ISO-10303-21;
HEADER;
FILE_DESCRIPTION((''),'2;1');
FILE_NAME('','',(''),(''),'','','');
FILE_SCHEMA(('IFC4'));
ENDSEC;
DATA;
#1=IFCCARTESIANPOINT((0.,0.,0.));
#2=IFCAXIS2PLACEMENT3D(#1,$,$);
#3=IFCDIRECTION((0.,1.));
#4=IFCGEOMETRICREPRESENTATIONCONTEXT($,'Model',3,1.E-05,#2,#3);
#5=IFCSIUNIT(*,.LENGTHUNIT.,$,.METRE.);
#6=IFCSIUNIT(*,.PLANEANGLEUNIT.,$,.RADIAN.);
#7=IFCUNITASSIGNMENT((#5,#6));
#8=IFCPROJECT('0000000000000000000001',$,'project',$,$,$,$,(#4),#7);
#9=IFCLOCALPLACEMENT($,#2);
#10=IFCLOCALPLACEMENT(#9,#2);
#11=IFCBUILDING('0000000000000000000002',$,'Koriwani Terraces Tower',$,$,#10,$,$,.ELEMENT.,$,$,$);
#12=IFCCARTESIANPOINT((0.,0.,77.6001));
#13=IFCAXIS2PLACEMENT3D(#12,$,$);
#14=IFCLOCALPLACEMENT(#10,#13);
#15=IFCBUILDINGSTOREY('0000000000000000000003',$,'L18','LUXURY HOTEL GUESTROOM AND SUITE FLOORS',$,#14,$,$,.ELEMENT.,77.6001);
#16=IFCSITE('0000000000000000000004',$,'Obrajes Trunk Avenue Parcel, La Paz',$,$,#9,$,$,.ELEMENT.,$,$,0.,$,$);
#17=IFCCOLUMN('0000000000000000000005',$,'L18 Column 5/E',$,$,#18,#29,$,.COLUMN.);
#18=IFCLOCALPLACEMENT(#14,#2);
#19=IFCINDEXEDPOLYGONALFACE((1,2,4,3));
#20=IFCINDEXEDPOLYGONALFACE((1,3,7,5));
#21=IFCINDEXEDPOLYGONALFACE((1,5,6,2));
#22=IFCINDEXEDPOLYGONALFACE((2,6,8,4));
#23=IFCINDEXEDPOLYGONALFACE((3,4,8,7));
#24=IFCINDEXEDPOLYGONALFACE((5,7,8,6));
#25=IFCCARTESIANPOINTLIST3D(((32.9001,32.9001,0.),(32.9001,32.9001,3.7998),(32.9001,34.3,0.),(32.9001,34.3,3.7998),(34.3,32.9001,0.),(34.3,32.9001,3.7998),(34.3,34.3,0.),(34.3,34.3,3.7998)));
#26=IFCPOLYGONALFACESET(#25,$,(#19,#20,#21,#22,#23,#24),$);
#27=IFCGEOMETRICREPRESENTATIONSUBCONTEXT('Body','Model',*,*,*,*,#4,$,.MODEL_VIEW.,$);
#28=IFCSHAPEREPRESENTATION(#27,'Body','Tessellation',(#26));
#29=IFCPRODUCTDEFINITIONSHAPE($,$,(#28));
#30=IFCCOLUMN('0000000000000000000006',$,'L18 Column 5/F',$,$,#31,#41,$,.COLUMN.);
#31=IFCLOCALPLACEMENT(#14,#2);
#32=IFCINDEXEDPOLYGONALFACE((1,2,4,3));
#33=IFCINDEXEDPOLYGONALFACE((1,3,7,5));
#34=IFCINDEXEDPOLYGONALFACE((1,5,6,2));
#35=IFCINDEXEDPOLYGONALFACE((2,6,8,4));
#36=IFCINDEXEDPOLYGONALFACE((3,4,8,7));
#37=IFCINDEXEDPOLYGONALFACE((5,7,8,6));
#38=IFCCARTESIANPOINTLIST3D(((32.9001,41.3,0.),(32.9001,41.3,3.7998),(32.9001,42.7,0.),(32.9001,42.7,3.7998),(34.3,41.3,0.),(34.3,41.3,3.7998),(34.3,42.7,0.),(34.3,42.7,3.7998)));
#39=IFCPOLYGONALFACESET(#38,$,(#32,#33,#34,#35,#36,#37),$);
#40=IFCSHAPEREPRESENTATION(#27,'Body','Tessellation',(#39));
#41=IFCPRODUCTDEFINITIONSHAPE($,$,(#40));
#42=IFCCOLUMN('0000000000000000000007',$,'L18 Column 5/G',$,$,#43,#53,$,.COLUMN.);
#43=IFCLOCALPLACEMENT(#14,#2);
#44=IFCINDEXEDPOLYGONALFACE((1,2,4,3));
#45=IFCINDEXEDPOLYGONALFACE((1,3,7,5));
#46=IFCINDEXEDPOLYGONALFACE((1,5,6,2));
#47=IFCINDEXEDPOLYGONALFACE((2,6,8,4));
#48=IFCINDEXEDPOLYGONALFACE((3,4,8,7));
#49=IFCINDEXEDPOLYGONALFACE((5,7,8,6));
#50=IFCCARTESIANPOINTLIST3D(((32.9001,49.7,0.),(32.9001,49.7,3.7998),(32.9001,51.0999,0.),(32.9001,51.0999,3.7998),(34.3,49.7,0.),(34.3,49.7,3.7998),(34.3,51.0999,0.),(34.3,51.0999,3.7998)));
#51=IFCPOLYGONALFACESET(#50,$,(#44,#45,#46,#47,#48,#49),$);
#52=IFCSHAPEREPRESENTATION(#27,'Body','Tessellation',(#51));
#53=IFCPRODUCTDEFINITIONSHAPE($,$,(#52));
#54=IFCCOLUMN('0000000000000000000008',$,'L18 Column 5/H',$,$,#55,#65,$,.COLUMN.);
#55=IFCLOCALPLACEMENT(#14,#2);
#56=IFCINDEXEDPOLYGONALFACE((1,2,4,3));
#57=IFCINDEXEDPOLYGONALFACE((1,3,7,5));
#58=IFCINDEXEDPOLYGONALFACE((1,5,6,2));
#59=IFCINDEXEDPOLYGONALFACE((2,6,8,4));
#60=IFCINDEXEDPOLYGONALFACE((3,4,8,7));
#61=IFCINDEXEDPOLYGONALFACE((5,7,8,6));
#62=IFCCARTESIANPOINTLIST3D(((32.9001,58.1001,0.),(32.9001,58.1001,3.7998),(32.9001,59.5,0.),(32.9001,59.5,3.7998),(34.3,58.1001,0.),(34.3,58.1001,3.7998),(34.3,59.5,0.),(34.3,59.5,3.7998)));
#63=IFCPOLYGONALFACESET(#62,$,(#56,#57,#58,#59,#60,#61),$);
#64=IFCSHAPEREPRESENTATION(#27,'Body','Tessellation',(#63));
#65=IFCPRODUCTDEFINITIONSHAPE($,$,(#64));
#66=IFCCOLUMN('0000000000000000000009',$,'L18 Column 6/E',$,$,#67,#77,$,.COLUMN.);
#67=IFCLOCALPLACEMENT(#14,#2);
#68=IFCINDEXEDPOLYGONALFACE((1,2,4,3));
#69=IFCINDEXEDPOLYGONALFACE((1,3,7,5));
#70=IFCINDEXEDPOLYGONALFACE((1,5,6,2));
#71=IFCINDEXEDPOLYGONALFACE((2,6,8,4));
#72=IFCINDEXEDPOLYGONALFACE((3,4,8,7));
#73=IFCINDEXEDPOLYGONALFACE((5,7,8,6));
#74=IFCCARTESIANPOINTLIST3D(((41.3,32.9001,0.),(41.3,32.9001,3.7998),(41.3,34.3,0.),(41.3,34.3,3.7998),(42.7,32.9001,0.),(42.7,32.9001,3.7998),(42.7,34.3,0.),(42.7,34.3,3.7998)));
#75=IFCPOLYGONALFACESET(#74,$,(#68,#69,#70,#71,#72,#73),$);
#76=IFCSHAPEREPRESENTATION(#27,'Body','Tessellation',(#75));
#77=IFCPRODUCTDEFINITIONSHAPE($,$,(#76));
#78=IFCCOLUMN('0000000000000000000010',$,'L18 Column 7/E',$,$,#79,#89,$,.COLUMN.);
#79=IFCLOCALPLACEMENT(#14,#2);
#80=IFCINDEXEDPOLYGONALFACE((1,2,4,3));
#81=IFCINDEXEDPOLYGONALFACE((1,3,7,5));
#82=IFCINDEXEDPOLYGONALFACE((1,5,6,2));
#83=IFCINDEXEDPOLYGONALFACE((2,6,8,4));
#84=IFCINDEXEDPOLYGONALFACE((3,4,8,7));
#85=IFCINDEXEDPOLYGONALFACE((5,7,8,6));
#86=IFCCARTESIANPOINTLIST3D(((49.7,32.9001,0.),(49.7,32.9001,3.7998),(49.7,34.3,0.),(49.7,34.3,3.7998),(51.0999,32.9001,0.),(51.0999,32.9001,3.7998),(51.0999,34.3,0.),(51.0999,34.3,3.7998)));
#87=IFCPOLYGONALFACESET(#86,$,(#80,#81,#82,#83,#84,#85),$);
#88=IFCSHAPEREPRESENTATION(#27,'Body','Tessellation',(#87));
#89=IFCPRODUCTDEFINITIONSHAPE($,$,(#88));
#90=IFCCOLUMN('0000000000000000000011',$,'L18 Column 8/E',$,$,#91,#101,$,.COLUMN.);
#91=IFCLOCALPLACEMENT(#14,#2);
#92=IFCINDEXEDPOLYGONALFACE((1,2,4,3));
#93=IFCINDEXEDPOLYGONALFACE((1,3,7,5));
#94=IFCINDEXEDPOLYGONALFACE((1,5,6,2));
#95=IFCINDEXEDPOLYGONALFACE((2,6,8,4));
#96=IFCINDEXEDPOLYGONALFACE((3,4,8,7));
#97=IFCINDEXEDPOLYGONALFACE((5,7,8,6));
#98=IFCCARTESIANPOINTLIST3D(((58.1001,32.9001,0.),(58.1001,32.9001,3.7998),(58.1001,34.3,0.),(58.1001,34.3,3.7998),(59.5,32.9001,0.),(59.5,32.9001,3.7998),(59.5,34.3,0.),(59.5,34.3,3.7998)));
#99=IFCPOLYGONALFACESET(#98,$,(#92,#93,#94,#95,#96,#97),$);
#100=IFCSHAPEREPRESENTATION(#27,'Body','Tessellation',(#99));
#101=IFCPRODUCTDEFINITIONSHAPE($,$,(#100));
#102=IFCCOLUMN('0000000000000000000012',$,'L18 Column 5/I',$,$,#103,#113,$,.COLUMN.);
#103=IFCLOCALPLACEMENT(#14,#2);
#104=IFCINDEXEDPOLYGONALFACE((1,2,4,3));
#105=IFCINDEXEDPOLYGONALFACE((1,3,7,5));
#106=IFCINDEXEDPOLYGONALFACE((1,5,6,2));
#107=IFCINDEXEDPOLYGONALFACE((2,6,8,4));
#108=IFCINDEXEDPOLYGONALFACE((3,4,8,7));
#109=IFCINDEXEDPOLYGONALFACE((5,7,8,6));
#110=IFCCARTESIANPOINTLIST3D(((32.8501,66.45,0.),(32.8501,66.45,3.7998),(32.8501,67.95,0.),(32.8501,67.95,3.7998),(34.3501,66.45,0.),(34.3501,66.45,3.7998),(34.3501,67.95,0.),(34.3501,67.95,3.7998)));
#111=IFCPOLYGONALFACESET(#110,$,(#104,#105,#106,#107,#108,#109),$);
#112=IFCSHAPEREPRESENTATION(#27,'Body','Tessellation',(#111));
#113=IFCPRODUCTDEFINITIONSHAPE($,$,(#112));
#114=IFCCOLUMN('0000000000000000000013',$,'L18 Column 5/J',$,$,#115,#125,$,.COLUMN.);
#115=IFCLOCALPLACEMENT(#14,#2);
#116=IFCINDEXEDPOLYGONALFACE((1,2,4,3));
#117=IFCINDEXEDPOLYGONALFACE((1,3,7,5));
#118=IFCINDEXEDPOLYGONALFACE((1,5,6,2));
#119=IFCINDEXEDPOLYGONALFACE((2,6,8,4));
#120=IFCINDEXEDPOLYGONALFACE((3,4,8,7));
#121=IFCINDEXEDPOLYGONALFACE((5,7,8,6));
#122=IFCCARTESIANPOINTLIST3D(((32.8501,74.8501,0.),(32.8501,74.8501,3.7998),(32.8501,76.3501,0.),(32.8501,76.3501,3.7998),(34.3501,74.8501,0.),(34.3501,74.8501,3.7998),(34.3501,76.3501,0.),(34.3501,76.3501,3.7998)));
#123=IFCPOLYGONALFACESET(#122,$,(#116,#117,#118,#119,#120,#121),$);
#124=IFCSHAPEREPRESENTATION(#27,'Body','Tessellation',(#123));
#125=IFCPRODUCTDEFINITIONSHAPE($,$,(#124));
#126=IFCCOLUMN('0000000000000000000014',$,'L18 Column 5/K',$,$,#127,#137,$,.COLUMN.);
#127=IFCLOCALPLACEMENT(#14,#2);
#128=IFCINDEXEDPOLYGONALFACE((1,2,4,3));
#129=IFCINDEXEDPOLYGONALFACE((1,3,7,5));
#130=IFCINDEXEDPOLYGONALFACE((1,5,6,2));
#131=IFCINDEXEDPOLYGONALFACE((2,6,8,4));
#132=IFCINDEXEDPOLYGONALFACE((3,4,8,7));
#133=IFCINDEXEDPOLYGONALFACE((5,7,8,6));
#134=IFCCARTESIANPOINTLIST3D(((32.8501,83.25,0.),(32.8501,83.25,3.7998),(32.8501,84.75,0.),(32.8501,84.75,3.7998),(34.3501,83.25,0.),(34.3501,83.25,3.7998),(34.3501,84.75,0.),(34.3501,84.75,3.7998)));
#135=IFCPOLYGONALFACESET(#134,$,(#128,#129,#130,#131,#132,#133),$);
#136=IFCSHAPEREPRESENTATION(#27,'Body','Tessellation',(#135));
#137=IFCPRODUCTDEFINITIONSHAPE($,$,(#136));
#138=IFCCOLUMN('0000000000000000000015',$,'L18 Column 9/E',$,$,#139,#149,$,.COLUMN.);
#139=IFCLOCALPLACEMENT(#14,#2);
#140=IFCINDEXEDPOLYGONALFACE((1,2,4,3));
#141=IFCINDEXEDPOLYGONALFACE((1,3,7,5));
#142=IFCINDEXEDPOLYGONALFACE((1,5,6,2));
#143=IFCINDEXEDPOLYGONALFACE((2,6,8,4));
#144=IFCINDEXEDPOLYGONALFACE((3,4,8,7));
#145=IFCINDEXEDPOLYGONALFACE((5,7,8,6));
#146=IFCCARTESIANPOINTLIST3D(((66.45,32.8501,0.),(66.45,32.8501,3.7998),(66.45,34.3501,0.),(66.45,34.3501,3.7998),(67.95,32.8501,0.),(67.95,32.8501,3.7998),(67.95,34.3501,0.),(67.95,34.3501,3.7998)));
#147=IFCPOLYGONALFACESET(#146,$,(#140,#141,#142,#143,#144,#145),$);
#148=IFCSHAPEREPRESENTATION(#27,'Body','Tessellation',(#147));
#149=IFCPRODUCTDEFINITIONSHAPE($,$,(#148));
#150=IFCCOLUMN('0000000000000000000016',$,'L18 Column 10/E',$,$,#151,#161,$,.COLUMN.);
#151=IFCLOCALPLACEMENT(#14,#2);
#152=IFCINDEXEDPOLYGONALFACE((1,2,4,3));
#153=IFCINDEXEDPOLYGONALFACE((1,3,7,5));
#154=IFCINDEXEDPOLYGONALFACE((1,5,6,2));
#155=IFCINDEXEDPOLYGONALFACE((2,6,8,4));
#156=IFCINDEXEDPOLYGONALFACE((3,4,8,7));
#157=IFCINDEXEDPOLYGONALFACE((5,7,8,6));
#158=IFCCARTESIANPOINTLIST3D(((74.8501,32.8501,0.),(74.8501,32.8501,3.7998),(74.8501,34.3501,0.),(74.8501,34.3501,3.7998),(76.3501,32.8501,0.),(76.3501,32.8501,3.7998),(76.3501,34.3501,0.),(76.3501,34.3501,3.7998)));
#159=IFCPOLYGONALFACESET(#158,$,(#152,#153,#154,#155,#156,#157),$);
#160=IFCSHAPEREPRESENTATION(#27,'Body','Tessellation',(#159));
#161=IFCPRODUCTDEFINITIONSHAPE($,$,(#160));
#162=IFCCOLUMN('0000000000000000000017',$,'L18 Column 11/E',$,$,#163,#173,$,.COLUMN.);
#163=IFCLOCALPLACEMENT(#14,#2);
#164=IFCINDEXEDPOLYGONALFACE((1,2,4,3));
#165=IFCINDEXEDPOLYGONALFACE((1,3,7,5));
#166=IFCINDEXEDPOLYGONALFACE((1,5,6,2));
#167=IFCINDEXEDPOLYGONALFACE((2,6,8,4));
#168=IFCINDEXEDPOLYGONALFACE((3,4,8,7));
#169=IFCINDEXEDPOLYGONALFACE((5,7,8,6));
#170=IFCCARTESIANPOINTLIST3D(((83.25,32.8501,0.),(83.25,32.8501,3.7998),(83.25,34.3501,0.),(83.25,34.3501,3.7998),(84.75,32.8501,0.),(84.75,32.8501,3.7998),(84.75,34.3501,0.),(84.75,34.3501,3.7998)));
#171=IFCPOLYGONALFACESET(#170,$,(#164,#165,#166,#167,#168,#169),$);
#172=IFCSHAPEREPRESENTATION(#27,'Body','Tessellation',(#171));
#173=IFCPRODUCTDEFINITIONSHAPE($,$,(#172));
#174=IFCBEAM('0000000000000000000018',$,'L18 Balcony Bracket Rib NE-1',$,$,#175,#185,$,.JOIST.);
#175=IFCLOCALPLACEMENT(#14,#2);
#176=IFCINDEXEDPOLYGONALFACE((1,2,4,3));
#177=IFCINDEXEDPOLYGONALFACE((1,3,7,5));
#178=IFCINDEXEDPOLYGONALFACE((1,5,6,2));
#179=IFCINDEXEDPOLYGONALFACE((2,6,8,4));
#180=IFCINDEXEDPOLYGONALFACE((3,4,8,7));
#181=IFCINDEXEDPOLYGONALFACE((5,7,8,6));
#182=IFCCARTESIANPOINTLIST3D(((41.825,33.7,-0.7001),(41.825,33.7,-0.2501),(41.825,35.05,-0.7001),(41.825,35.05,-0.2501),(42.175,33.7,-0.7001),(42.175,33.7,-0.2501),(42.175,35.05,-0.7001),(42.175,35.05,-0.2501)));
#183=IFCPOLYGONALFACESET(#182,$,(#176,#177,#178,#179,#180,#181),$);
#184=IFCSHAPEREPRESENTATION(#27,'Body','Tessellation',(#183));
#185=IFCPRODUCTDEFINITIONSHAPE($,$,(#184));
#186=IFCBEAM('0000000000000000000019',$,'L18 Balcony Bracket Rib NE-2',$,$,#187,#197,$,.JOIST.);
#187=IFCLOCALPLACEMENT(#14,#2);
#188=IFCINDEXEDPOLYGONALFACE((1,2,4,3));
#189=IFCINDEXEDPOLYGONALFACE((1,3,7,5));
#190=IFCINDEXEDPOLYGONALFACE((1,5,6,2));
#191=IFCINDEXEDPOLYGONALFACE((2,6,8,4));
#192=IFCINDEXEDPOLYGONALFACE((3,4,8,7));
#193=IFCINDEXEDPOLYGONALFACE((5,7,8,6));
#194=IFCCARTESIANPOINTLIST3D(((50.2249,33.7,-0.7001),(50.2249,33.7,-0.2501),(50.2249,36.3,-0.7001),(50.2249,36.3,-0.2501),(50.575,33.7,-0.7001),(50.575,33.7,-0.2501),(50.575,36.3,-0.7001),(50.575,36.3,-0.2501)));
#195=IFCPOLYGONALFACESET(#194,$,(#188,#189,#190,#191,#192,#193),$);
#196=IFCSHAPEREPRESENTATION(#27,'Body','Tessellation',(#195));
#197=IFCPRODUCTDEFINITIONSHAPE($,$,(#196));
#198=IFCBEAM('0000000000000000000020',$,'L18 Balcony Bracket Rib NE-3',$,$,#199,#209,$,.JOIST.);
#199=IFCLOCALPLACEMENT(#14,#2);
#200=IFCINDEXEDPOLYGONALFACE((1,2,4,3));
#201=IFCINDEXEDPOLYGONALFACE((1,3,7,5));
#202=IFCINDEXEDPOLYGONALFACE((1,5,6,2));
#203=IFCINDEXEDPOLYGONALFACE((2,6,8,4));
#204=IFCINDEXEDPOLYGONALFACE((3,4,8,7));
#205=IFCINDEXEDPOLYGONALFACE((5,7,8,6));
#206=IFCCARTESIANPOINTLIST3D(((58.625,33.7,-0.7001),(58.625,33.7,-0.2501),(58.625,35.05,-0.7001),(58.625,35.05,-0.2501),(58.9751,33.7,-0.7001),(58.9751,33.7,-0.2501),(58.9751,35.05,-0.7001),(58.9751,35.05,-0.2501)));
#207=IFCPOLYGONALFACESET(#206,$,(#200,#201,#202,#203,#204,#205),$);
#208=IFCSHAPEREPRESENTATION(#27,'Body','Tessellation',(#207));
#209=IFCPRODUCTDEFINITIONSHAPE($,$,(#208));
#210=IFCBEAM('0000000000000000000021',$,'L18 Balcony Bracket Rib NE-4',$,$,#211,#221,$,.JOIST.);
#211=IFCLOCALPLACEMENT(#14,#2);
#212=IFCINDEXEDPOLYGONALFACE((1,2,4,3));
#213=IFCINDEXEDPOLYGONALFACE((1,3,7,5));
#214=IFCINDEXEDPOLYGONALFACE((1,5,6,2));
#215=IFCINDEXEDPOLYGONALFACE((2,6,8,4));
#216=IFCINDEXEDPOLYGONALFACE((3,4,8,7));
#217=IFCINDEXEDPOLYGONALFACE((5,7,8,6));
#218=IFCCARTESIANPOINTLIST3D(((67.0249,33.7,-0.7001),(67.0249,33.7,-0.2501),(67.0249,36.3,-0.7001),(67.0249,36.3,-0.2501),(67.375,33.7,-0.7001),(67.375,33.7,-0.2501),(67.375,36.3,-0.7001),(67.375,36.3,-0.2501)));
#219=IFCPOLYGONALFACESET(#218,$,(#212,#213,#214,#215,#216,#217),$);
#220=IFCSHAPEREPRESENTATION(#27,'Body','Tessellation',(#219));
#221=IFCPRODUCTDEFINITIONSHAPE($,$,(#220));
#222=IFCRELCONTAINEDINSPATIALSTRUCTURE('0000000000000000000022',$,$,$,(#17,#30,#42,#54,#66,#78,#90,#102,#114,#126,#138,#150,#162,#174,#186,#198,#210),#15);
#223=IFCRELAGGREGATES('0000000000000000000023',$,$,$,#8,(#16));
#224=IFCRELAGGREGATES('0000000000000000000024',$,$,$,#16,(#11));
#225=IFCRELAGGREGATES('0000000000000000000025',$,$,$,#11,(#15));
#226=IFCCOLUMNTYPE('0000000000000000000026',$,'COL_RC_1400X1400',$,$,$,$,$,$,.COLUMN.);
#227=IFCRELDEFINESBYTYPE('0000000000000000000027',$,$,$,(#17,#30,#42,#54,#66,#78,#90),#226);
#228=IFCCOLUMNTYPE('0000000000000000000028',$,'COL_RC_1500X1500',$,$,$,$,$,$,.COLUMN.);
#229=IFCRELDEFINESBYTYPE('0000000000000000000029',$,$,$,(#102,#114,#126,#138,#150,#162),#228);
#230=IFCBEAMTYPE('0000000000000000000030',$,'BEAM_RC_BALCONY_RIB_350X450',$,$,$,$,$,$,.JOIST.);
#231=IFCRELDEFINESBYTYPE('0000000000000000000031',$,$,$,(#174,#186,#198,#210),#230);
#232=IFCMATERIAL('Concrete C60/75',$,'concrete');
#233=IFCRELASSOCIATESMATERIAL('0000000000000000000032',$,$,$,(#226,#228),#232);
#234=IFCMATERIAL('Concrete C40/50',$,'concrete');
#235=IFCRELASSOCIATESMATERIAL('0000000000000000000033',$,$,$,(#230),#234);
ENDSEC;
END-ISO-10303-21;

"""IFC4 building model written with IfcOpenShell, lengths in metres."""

from ifc_helpers import new_model, si_unit, direction, frame, origin, origin_2d, place, context, subcontext, project, spatial, rectangle, extrude, material, material_profile, profile_set, type_object, element, save


model = new_model("IFC4")

# Units and contexts
model_context = context("Model", 3, precision=1e-05, world=origin(), true_north=direction((0.0, 1.0)))
body_context = subcontext(model_context, "Body", "Model", "MODEL_VIEW")
ifc_project = project(units=[si_unit("LENGTHUNIT", "METRE"), si_unit("PLANEANGLEUNIT", "RADIAN")], contexts=[model_context])

# Site, building, storey
site_placement = place(None, origin())
site = spatial("IfcSite", under=ifc_project, at=site_placement, Name="Obrajes Trunk Avenue Parcel, La Paz", CompositionType="ELEMENT", RefElevation=0.0)
building_placement = place(site_placement, origin())
building = spatial("IfcBuilding", under=site, at=building_placement, Name="Koriwani Terraces Tower", CompositionType="ELEMENT")
storey_placement = place(building_placement, frame((0.0, 0.0, 77.6001)))
storey = spatial("IfcBuildingStorey", under=building, at=storey_placement, Name="L18", Description="LUXURY HOTEL GUESTROOM AND SUITE FLOORS", CompositionType="ELEMENT", Elevation=77.6001)

# Columns
ifc_material_1 = material(Name="Concrete C60/75", Category="concrete")
ifc_material_profile_1 = material_profile(ifc_material_1, rectangle(XDim=1.3999, YDim=1.3999, at=origin_2d()), Name="Concrete C60/75", Category="LoadBearing")
ifc_profile_set_1 = profile_set([ifc_material_profile_1], Name="Concrete C60/75")
column_type_1 = type_object("IfcColumnType", Name="COL_RC_1400X1400", PredefinedType="COLUMN", material=ifc_profile_set_1)
for number, where, z_axis, x_axis, name in (
    (1, (33.6001, 33.6001, 0.0), (0.0, 0.0, 1.0), (1.0, 0.0, 0.0), "L18 Column 5/E"),
    (2, (33.6001, 42.0, 0.0), (0.0, 0.0, 1.0), (1.0, 0.0, 0.0), "L18 Column 5/F"),
    (3, (33.6001, 50.3999, 0.0), (0.0, 0.0, 1.0), (1.0, 0.0, 0.0), "L18 Column 5/G"),
    (4, (33.6001, 58.8, 0.0), (0.0, 0.0, 1.0), (1.0, 0.0, 0.0), "L18 Column 5/H"),
    (5, (42.0, 33.6001, 0.0), (0.0, 0.0, 1.0), (1.0, 0.0, 0.0), "L18 Column 6/E"),
    (6, (50.3999, 33.6001, 0.0), (0.0, 0.0, 1.0), (1.0, 0.0, 0.0), "L18 Column 7/E"),
    (7, (58.8, 33.6001, 0.0), (0.0, 0.0, 1.0), (1.0, 0.0, 0.0), "L18 Column 8/E"),
):
    element("IfcColumn", number, at=place(storey_placement, frame(where, z_axis=z_axis, x_axis=x_axis)), inside=storey, type_object=column_type_1, Name=name, PredefinedType="COLUMN", context=body_context, shape_type="SweptSolid", body=[
        extrude(rectangle(XDim=1.3999, YDim=1.3999, at=origin_2d()), origin(), (0.0, 0.0, 1.0), 3.7998),
    ])
ifc_material_profile_2 = material_profile(ifc_material_1, rectangle(XDim=1.5, YDim=1.5, at=origin_2d()), Name="Concrete C60/75", Category="LoadBearing")
ifc_profile_set_2 = profile_set([ifc_material_profile_2], Name="Concrete C60/75")
column_type_2 = type_object("IfcColumnType", Name="COL_RC_1500X1500", PredefinedType="COLUMN", material=ifc_profile_set_2)
for number, where, z_axis, x_axis, name in (
    (8, (33.6001, 67.2, 0.0), (0.0, 0.0, 1.0), (1.0, 0.0, 0.0), "L18 Column 5/I"),
    (9, (33.6001, 75.6001, 0.0), (0.0, 0.0, 1.0), (1.0, 0.0, 0.0), "L18 Column 5/J"),
    (10, (33.6001, 84.0, 0.0), (0.0, 0.0, 1.0), (1.0, 0.0, 0.0), "L18 Column 5/K"),
    (11, (67.2, 33.6001, 0.0), (0.0, 0.0, 1.0), (1.0, 0.0, 0.0), "L18 Column 9/E"),
    (12, (75.6001, 33.6001, 0.0), (0.0, 0.0, 1.0), (1.0, 0.0, 0.0), "L18 Column 10/E"),
    (13, (84.0, 33.6001, 0.0), (0.0, 0.0, 1.0), (1.0, 0.0, 0.0), "L18 Column 11/E"),
):
    element("IfcColumn", number, at=place(storey_placement, frame(where, z_axis=z_axis, x_axis=x_axis)), inside=storey, type_object=column_type_2, Name=name, PredefinedType="COLUMN", context=body_context, shape_type="SweptSolid", body=[
        extrude(rectangle(XDim=1.5, YDim=1.5, at=origin_2d()), origin(), (0.0, 0.0, 1.0), 3.7998),
    ])

# Beams
ifc_material_2 = material(Name="Concrete C40/50", Category="concrete")
ifc_material_profile_3 = material_profile(ifc_material_2, rectangle(XDim=0.3501, YDim=0.45, at=origin_2d()), Name="Concrete C40/50", Category="LoadBearing")
ifc_profile_set_3 = profile_set([ifc_material_profile_3], Name="Concrete C40/50")
beam_type = type_object("IfcBeamType", Name="BEAM_RC_BALCONY_RIB_350X450", PredefinedType="JOIST", material=ifc_profile_set_3)
beam_1_placement = place(storey_placement, frame((42.0, 33.7, -0.4751), z_axis=(0.0, 1.0, 0.0), x_axis=(-1.0, 0.0, 0.0)))
element("IfcBeam", 14, at=beam_1_placement, inside=storey, type_object=beam_type, Name="L18 Balcony Bracket Rib NE-1", PredefinedType="JOIST", context=body_context, shape_type="SweptSolid", body=[
    extrude(rectangle(XDim=0.3501, YDim=0.45, at=origin_2d()), origin(), (0.0, 0.0, 1.0), 1.3501),
])
beam_2_placement = place(storey_placement, frame((50.3999, 33.7, -0.4751), z_axis=(0.0, 1.0, 0.0), x_axis=(-1.0, 0.0, 0.0)))
element("IfcBeam", 15, at=beam_2_placement, inside=storey, type_object=beam_type, Name="L18 Balcony Bracket Rib NE-2", PredefinedType="JOIST", context=body_context, shape_type="SweptSolid", body=[
    extrude(rectangle(XDim=0.3501, YDim=0.45, at=origin_2d()), origin(), (0.0, 0.0, 1.0), 2.6001),
])
beam_3_placement = place(storey_placement, frame((58.8, 33.7, -0.4751), z_axis=(0.0, 1.0, 0.0), x_axis=(-1.0, 0.0, 0.0)))
element("IfcBeam", 16, at=beam_3_placement, inside=storey, type_object=beam_type, Name="L18 Balcony Bracket Rib NE-3", PredefinedType="JOIST", context=body_context, shape_type="SweptSolid", body=[
    extrude(rectangle(XDim=0.3501, YDim=0.45, at=origin_2d()), origin(), (0.0, 0.0, 1.0), 1.3501),
])
beam_4_placement = place(storey_placement, frame((67.2, 33.7, -0.4751), z_axis=(0.0, 1.0, 0.0), x_axis=(-1.0, 0.0, 0.0)))
element("IfcBeam", 17, at=beam_4_placement, inside=storey, type_object=beam_type, Name="L18 Balcony Bracket Rib NE-4", PredefinedType="JOIST", context=body_context, shape_type="SweptSolid", body=[
    extrude(rectangle(XDim=0.3501, YDim=0.45, at=origin_2d()), origin(), (0.0, 0.0, 1.0), 2.6001),
])

save(model, "model.ifc")
